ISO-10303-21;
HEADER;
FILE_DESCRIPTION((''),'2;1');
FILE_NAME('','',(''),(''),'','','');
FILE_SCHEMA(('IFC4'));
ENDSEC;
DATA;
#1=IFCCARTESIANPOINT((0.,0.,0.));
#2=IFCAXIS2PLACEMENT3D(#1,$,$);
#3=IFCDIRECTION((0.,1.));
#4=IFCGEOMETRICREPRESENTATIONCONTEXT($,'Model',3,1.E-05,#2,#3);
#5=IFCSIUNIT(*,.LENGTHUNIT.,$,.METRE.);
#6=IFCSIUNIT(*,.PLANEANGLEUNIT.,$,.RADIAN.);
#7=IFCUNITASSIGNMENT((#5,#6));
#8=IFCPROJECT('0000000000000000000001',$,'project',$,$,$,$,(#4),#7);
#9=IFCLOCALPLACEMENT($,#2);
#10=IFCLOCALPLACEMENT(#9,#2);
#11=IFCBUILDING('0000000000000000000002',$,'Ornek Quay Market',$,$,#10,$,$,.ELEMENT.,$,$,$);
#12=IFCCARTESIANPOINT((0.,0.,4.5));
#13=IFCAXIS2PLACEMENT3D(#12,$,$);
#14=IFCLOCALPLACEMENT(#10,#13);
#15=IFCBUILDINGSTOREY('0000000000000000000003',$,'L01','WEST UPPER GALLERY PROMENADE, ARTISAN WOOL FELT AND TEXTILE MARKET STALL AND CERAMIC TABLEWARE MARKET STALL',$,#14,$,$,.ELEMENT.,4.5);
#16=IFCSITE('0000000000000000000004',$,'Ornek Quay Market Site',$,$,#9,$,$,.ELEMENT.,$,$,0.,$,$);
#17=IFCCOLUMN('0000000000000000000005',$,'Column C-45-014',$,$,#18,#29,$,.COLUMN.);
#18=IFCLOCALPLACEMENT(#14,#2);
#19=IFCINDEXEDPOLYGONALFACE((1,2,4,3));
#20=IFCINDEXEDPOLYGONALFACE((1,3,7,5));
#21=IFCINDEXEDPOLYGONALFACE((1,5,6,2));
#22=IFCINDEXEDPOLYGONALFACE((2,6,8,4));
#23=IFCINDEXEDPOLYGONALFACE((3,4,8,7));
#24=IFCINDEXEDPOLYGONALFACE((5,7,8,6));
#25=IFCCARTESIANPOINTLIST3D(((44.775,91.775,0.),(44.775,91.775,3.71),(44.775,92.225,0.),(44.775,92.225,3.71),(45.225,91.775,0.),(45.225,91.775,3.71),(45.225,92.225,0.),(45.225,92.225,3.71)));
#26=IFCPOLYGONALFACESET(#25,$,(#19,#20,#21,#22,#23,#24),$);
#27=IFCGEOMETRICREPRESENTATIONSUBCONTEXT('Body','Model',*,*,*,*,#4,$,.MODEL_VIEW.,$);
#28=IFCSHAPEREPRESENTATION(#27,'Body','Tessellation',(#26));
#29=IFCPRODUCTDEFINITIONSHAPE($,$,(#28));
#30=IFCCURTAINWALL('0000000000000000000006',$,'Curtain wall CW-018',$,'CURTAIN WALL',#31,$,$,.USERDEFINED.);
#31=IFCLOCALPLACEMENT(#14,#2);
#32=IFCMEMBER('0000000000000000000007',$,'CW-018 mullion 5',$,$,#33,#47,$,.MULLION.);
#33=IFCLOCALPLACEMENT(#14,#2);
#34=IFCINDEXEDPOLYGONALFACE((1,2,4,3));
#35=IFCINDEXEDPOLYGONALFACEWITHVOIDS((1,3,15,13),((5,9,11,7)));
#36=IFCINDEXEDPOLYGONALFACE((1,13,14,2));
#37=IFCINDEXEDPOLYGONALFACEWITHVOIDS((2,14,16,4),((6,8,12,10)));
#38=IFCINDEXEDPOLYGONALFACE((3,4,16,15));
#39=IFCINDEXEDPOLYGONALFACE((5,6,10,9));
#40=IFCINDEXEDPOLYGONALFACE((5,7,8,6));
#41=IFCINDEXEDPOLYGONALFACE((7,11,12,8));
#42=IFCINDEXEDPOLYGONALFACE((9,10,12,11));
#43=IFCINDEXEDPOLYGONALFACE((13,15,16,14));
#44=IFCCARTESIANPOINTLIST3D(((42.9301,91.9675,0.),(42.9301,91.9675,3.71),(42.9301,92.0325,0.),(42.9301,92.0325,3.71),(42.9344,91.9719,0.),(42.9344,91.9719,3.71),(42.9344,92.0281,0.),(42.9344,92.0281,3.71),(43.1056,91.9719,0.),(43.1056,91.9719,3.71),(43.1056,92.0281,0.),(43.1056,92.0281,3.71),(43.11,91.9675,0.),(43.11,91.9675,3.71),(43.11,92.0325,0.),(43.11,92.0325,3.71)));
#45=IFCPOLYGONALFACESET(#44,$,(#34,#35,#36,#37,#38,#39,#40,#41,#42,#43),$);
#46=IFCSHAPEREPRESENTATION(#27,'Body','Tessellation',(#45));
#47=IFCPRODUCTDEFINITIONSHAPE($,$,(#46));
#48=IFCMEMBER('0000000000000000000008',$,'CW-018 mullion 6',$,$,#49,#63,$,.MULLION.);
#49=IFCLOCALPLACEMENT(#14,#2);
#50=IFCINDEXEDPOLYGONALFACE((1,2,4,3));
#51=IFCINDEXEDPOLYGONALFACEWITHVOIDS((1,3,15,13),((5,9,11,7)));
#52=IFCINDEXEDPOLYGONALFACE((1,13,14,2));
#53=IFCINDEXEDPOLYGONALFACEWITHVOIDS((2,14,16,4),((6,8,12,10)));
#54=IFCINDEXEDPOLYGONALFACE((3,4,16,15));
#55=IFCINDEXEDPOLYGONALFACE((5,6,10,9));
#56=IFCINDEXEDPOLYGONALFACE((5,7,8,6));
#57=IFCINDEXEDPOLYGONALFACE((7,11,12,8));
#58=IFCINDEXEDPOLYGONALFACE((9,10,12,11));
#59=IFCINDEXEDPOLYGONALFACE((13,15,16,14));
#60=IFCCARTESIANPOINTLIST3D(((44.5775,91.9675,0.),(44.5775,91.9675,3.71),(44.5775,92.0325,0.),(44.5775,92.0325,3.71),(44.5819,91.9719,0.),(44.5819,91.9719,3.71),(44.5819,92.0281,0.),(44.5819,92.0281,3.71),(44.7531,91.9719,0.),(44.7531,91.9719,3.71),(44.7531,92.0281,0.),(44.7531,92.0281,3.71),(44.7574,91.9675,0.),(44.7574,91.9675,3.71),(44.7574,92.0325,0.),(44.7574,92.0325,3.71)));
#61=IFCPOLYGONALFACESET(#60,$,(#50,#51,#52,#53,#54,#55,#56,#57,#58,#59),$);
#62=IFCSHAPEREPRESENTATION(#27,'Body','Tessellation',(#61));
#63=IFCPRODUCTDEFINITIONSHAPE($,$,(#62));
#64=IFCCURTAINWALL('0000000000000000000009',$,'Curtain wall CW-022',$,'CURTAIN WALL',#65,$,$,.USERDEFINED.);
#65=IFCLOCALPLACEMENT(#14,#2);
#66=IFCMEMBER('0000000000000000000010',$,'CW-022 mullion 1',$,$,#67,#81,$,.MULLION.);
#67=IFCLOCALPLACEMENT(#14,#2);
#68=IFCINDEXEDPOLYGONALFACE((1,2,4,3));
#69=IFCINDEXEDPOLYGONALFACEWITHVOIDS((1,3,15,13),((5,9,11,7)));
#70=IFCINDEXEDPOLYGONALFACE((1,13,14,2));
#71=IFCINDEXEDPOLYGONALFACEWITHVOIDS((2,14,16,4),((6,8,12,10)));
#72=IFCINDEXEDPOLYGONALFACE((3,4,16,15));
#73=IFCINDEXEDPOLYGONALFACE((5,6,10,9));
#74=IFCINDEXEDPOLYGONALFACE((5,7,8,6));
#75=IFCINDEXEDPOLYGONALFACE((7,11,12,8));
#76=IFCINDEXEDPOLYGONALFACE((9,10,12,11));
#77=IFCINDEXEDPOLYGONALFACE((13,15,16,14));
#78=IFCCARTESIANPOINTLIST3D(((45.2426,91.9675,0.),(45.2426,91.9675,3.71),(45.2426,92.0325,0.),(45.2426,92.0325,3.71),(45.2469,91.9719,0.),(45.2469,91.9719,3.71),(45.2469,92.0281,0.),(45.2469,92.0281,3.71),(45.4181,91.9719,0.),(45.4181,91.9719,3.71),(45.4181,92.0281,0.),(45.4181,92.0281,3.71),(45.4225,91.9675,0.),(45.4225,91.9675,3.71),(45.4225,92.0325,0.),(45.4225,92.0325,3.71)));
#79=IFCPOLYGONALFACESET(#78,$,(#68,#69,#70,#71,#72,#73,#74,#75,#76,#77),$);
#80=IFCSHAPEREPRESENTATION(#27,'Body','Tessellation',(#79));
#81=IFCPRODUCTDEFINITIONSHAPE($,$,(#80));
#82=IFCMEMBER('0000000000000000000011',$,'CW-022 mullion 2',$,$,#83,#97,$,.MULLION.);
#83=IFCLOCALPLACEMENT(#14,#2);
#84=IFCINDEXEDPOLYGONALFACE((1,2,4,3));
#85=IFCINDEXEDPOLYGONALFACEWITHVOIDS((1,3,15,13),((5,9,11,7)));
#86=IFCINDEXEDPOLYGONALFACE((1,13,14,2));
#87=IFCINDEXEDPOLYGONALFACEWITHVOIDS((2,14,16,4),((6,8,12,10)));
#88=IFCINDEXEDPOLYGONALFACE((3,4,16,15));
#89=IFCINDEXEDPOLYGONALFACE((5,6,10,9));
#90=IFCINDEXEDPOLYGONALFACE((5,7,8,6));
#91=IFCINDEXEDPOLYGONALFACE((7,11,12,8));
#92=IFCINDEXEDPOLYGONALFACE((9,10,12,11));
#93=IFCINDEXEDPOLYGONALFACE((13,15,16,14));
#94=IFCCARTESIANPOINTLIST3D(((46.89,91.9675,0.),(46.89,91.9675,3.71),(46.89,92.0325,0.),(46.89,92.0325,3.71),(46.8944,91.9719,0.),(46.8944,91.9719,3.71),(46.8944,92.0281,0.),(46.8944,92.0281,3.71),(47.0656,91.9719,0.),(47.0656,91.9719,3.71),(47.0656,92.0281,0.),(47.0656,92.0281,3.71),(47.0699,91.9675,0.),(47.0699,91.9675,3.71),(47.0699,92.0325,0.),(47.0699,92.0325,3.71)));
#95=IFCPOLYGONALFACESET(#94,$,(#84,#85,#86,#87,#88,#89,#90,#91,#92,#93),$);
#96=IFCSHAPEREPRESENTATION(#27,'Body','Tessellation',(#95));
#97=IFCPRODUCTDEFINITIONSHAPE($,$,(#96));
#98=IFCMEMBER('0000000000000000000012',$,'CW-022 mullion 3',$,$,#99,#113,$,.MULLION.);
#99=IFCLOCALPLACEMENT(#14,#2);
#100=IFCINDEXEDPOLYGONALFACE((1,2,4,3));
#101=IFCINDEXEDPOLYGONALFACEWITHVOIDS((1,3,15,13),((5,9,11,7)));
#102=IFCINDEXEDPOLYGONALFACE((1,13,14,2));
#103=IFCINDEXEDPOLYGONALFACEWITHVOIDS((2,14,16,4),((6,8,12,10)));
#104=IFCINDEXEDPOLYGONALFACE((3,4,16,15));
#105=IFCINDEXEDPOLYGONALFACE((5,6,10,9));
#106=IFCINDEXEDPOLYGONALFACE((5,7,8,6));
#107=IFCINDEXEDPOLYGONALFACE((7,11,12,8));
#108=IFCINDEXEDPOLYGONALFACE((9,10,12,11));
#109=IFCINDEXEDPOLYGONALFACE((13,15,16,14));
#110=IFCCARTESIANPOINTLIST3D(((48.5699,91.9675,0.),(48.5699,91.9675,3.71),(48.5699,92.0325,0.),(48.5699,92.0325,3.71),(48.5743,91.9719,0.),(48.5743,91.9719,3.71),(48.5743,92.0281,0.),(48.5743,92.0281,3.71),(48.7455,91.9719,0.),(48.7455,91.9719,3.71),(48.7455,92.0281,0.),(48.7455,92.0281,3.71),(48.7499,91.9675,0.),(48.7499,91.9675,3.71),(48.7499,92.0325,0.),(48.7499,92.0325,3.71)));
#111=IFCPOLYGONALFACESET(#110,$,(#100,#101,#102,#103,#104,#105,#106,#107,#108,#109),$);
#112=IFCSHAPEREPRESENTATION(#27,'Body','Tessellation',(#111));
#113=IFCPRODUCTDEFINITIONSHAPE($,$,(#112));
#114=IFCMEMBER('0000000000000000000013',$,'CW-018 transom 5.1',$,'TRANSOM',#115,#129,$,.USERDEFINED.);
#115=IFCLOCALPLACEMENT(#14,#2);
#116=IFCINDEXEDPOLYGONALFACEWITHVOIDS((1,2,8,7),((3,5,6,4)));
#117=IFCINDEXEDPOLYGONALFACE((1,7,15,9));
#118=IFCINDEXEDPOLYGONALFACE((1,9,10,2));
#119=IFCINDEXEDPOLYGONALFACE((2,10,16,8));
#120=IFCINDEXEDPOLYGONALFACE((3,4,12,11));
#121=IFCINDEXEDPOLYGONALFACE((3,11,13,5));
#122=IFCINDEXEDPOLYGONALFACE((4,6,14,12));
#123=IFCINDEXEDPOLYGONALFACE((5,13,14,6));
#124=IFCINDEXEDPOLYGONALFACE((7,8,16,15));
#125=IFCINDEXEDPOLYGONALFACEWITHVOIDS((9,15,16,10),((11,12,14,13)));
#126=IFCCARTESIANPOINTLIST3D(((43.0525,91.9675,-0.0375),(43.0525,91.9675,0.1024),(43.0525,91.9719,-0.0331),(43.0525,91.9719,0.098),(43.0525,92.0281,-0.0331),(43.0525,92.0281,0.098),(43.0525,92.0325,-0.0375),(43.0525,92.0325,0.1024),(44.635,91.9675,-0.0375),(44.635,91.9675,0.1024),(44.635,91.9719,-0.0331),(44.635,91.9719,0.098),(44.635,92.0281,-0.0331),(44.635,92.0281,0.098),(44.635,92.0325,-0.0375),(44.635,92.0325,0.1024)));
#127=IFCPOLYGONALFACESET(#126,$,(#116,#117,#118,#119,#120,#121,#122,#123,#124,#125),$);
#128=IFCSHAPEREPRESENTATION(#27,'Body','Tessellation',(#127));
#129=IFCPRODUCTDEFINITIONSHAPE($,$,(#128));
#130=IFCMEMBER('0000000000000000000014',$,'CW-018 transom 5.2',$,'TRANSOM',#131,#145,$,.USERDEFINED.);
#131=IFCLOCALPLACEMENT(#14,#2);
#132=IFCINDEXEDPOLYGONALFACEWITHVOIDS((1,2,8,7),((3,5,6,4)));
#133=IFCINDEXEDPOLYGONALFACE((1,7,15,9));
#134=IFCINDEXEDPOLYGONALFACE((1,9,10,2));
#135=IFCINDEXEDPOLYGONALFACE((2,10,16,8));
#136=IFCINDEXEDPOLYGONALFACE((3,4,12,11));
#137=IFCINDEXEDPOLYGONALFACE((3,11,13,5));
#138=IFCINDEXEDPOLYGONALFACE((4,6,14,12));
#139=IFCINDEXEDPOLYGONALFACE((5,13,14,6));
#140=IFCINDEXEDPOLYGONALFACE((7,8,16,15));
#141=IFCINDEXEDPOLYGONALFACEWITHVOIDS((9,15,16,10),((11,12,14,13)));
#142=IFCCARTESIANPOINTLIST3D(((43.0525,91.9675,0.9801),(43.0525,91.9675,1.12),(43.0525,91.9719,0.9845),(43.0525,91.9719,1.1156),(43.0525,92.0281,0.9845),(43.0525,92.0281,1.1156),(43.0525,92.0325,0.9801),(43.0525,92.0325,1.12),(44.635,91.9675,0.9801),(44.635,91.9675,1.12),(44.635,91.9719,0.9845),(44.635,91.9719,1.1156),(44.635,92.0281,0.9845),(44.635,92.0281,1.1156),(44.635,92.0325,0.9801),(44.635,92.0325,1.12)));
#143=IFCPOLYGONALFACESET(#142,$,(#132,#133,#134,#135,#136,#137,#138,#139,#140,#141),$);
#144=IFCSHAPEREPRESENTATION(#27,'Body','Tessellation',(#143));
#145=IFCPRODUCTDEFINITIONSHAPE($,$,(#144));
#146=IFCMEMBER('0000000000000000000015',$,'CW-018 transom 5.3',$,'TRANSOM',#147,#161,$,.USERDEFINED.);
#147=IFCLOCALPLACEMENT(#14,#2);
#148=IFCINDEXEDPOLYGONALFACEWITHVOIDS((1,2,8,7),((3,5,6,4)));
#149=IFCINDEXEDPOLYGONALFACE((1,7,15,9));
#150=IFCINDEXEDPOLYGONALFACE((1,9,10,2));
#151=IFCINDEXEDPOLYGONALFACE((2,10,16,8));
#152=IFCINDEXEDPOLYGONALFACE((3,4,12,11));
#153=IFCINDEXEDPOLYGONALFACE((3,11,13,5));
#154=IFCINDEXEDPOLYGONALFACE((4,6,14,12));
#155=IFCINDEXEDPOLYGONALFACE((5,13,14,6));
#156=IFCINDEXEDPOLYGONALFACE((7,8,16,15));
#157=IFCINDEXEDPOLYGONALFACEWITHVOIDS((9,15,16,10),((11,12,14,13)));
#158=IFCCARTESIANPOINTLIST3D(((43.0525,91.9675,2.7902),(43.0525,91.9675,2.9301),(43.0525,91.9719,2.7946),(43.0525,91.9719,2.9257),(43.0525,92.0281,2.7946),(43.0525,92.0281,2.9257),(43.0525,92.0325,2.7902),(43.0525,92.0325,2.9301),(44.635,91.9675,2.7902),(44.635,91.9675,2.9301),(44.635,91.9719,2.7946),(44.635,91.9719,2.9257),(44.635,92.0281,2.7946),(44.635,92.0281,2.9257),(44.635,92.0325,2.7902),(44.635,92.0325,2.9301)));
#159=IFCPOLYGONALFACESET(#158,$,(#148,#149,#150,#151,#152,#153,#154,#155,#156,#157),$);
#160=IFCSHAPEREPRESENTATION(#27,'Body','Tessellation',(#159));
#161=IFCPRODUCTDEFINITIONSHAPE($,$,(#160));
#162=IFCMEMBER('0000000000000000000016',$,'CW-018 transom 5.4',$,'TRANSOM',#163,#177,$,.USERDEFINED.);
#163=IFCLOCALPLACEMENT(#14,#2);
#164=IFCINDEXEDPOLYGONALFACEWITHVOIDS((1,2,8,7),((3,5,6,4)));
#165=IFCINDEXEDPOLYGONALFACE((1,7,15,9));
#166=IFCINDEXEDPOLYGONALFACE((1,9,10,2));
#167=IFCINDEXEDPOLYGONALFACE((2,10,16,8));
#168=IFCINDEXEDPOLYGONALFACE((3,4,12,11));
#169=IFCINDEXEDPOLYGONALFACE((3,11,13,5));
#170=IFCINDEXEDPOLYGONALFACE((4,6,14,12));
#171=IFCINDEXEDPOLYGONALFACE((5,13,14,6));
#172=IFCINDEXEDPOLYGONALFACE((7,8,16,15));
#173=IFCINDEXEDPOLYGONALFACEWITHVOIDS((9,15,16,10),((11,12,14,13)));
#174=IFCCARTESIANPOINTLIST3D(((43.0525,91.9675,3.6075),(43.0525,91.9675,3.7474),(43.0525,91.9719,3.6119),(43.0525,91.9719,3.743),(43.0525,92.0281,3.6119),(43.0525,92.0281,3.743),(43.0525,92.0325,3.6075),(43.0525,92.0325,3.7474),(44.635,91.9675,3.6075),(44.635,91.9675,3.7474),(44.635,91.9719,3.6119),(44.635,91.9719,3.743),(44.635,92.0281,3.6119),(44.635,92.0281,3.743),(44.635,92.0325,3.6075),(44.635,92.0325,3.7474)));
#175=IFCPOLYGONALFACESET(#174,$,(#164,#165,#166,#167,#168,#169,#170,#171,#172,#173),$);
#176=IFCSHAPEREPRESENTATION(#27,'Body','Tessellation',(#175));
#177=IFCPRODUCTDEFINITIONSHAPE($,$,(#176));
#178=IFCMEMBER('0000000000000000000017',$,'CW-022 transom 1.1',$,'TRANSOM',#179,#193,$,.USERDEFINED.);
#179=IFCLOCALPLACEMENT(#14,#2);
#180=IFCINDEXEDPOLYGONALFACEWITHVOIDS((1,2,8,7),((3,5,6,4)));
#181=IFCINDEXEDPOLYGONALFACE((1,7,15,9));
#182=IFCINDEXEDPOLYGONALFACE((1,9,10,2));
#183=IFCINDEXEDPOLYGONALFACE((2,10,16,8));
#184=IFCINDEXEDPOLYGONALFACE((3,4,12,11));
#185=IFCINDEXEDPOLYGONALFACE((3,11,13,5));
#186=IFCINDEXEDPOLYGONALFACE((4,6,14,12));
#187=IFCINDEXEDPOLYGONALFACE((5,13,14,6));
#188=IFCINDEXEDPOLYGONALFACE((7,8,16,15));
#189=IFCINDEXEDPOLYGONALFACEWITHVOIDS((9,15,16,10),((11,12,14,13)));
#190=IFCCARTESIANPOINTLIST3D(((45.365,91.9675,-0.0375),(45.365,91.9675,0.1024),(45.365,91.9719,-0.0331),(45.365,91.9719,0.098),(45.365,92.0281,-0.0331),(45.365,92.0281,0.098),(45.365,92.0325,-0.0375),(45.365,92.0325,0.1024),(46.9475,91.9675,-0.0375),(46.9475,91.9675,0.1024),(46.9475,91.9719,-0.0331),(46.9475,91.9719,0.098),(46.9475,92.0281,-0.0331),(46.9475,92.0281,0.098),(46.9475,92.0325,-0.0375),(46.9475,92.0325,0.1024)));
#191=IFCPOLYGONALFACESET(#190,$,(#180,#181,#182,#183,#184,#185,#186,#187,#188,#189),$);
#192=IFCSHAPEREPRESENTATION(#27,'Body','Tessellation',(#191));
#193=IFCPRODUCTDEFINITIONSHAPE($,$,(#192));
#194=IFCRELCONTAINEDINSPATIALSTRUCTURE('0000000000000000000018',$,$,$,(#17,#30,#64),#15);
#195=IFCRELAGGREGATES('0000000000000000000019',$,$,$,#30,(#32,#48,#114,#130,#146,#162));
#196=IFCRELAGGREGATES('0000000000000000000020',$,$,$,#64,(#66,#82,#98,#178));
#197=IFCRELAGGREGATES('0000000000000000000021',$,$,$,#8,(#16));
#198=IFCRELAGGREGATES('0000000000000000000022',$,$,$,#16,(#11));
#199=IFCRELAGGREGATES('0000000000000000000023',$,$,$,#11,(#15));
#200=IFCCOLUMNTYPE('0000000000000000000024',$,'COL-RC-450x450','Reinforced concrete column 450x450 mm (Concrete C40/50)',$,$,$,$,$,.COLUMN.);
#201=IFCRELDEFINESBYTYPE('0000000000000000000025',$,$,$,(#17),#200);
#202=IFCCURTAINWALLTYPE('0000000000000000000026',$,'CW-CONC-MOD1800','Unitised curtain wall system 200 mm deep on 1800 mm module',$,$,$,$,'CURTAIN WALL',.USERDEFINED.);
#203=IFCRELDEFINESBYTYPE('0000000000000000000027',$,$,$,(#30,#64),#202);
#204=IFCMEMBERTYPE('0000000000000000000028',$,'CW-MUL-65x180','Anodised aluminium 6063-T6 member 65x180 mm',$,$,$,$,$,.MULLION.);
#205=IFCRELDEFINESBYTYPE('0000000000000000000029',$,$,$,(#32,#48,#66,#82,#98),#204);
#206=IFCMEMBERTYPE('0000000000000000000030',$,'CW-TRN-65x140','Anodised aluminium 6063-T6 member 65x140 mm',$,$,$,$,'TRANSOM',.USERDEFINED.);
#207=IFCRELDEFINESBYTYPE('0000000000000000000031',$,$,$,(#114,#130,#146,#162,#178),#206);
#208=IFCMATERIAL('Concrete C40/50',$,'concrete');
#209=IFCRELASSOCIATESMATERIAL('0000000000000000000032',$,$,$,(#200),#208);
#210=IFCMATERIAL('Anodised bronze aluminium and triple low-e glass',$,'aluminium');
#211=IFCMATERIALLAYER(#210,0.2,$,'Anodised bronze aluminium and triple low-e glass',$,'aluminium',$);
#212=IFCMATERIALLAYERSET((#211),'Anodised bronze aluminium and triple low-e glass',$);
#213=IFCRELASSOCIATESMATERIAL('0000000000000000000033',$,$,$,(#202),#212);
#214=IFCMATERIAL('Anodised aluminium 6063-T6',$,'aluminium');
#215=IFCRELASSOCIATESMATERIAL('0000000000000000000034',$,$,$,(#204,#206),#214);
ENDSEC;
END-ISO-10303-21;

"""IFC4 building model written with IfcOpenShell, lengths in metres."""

from ifc_helpers import new_model, si_unit, direction, frame, origin, origin_2d, place, context, subcontext, project, spatial, rectangle, hollow_rectangle, extrude, material, layer, layer_set, material_profile, profile_set, type_object, element, aggregate, save


model = new_model("IFC4")

# Units and contexts
model_context = context("Model", 3, precision=1e-05, world=origin(), true_north=direction((0.0, 1.0)))
body_context = subcontext(model_context, "Body", "Model", "MODEL_VIEW")
ifc_project = project(units=[si_unit("LENGTHUNIT", "METRE"), si_unit("PLANEANGLEUNIT", "RADIAN")], contexts=[model_context])

# Site, building, storey
site_placement = place(None, origin())
site = spatial("IfcSite", under=ifc_project, at=site_placement, Name="Ornek Quay Market Site", CompositionType="ELEMENT", RefElevation=0.0)
building_placement = place(site_placement, origin())
building = spatial("IfcBuilding", under=site, at=building_placement, Name="Ornek Quay Market", CompositionType="ELEMENT")
storey_placement = place(building_placement, frame((0.0, 0.0, 4.5)))
storey = spatial("IfcBuildingStorey", under=building, at=storey_placement, Name="L01", Description="WEST UPPER GALLERY PROMENADE, ARTISAN WOOL FELT AND TEXTILE MARKET STALL AND CERAMIC TABLEWARE MARKET STALL", CompositionType="ELEMENT", Elevation=4.5)

# Column
ifc_material_1 = material(Name="Concrete C40/50", Category="concrete")
ifc_material_profile_1 = material_profile(ifc_material_1, rectangle(XDim=0.45, YDim=0.45, at=origin_2d()), Name="RC 450x450", Category="concrete")
ifc_profile_set_1 = profile_set([ifc_material_profile_1], Name="Concrete C40/50")
column_type = type_object("IfcColumnType", Name="COL-RC-450x450", Description="Reinforced concrete column 450x450 mm (Concrete C40/50)", PredefinedType="COLUMN", material=ifc_profile_set_1)
column_placement = place(storey_placement, frame((45.0, 92.0, 0.0), z_axis=(0.0, 0.0, 1.0), x_axis=(1.0, 0.0, 0.0)))
element("IfcColumn", 1, at=column_placement, inside=storey, type_object=column_type, Name="Column C-45-014", PredefinedType="COLUMN", context=body_context, shape_type="SweptSolid", body=[
    extrude(rectangle(XDim=0.45, YDim=0.45, at=origin_2d()), origin(), (0.0, 0.0, 1.0), 3.71),
])

# Curtain walls, members
ifc_material_2 = material(Name="Anodised bronze aluminium and triple low-e glass", Category="aluminium")
ifc_layer_1 = layer(ifc_material_2, 0.2, Name="Anodised bronze aluminium and triple low-e glass", Category="aluminium")
ifc_layer_set_1 = layer_set([ifc_layer_1], Name="Anodised bronze aluminium and triple low-e glass")
curtain_wall_type = type_object("IfcCurtainWallType", Name="CW-CONC-MOD1800", Description="Unitised curtain wall system 200 mm deep on 1800 mm module", ElementType="CURTAIN WALL", PredefinedType="USERDEFINED", material=ifc_layer_set_1)
curtain_wall_1_placement = place(storey_placement, origin())
curtain_wall_1 = element("IfcCurtainWall", 2, at=curtain_wall_1_placement, inside=storey, type_object=curtain_wall_type, Name="Curtain wall CW-018", ObjectType="CURTAIN WALL", PredefinedType="USERDEFINED")
ifc_material_3 = material(Name="Anodised aluminium 6063-T6", Category="aluminium")
ifc_material_profile_2 = material_profile(ifc_material_3, hollow_rectangle(XDim=0.0649, YDim=0.1799, WallThickness=0.0044, at=origin_2d()), Name="CW-MUL-65x180", Category="aluminium")
ifc_profile_set_2 = profile_set([ifc_material_profile_2], Name="Anodised aluminium 6063-T6")
member_type_1 = type_object("IfcMemberType", Name="CW-MUL-65x180", Description="Anodised aluminium 6063-T6 member 65x180 mm", PredefinedType="MULLION", material=ifc_profile_set_2)
member_1_placement = place(storey_placement, frame((43.02, 92.0, 0.0), z_axis=(0.0, 0.0, 1.0), x_axis=(0.0, 1.0, 0.0)))
member_1 = element("IfcMember", 3, at=member_1_placement, type_object=member_type_1, Name="CW-018 mullion 5", PredefinedType="MULLION", context=body_context, shape_type="SweptSolid", body=[
    extrude(hollow_rectangle(XDim=0.0649, YDim=0.1799, WallThickness=0.0044, at=origin_2d()), origin(), (0.0, 0.0, 1.0), 3.71),
])
member_2_placement = place(storey_placement, frame((44.6675, 92.0, 0.0), z_axis=(0.0, 0.0, 1.0), x_axis=(0.0, 1.0, 0.0)))
member_2 = element("IfcMember", 4, at=member_2_placement, type_object=member_type_1, Name="CW-018 mullion 6", PredefinedType="MULLION", context=body_context, shape_type="SweptSolid", body=[
    extrude(hollow_rectangle(XDim=0.0649, YDim=0.1799, WallThickness=0.0044, at=origin_2d()), origin(), (0.0, 0.0, 1.0), 3.71),
])
curtain_wall_2_placement = place(storey_placement, origin())
curtain_wall_2 = element("IfcCurtainWall", 5, at=curtain_wall_2_placement, inside=storey, type_object=curtain_wall_type, Name="Curtain wall CW-022", ObjectType="CURTAIN WALL", PredefinedType="USERDEFINED")
member_3_placement = place(storey_placement, frame((45.3325, 92.0, 0.0), z_axis=(0.0, 0.0, 1.0), x_axis=(0.0, 1.0, 0.0)))
member_3 = element("IfcMember", 6, at=member_3_placement, type_object=member_type_1, Name="CW-022 mullion 1", PredefinedType="MULLION", context=body_context, shape_type="SweptSolid", body=[
    extrude(hollow_rectangle(XDim=0.0649, YDim=0.1799, WallThickness=0.0044, at=origin_2d()), origin(), (0.0, 0.0, 1.0), 3.71),
])
member_4_placement = place(storey_placement, frame((46.98, 92.0, 0.0), z_axis=(0.0, 0.0, 1.0), x_axis=(0.0, 1.0, 0.0)))
member_4 = element("IfcMember", 7, at=member_4_placement, type_object=member_type_1, Name="CW-022 mullion 2", PredefinedType="MULLION", context=body_context, shape_type="SweptSolid", body=[
    extrude(hollow_rectangle(XDim=0.0649, YDim=0.1799, WallThickness=0.0044, at=origin_2d()), origin(), (0.0, 0.0, 1.0), 3.71),
])
member_5_placement = place(storey_placement, frame((48.6599, 92.0, 0.0), z_axis=(0.0, 0.0, 1.0), x_axis=(0.0, 1.0, 0.0)))
member_5 = element("IfcMember", 8, at=member_5_placement, type_object=member_type_1, Name="CW-022 mullion 3", PredefinedType="MULLION", context=body_context, shape_type="SweptSolid", body=[
    extrude(hollow_rectangle(XDim=0.0649, YDim=0.1799, WallThickness=0.0044, at=origin_2d()), origin(), (0.0, 0.0, 1.0), 3.71),
])

# Members
ifc_material_profile_3 = material_profile(ifc_material_3, hollow_rectangle(XDim=0.0649, YDim=0.1399, WallThickness=0.0044, at=origin_2d()), Name="CW-TRN-65x140", Category="aluminium")
ifc_profile_set_3 = profile_set([ifc_material_profile_3], Name="Anodised aluminium 6063-T6")
member_type_2 = type_object("IfcMemberType", Name="CW-TRN-65x140", Description="Anodised aluminium 6063-T6 member 65x140 mm", ElementType="TRANSOM", PredefinedType="USERDEFINED", material=ifc_profile_set_3)
member_6_placement = place(storey_placement, frame((43.0525, 92.0, 0.0325), z_axis=(1.0, 0.0, 0.0), x_axis=(0.0, 1.0, 0.0)))
member_6 = element("IfcMember", 9, at=member_6_placement, type_object=member_type_2, Name="CW-018 transom 5.1", ObjectType="TRANSOM", PredefinedType="USERDEFINED", context=body_context, shape_type="SweptSolid", body=[
    extrude(hollow_rectangle(XDim=0.0649, YDim=0.1399, WallThickness=0.0044, at=origin_2d()), origin(), (0.0, 0.0, 1.0), 1.5825),
])
member_7_placement = place(storey_placement, frame((43.0525, 92.0, 1.05), z_axis=(1.0, 0.0, 0.0), x_axis=(0.0, 1.0, 0.0)))
member_7 = element("IfcMember", 10, at=member_7_placement, type_object=member_type_2, Name="CW-018 transom 5.2", ObjectType="TRANSOM", PredefinedType="USERDEFINED", context=body_context, shape_type="SweptSolid", body=[
    extrude(hollow_rectangle(XDim=0.0649, YDim=0.1399, WallThickness=0.0044, at=origin_2d()), origin(), (0.0, 0.0, 1.0), 1.5825),
])
member_8_placement = place(storey_placement, frame((43.0525, 92.0, 2.8601), z_axis=(1.0, 0.0, 0.0), x_axis=(0.0, 1.0, 0.0)))
member_8 = element("IfcMember", 11, at=member_8_placement, type_object=member_type_2, Name="CW-018 transom 5.3", ObjectType="TRANSOM", PredefinedType="USERDEFINED", context=body_context, shape_type="SweptSolid", body=[
    extrude(hollow_rectangle(XDim=0.0649, YDim=0.1399, WallThickness=0.0044, at=origin_2d()), origin(), (0.0, 0.0, 1.0), 1.5825),
])
member_9_placement = place(storey_placement, frame((43.0525, 92.0, 3.6775), z_axis=(1.0, 0.0, 0.0), x_axis=(0.0, 1.0, 0.0)))
member_9 = element("IfcMember", 12, at=member_9_placement, type_object=member_type_2, Name="CW-018 transom 5.4", ObjectType="TRANSOM", PredefinedType="USERDEFINED", context=body_context, shape_type="SweptSolid", body=[
    extrude(hollow_rectangle(XDim=0.0649, YDim=0.1399, WallThickness=0.0044, at=origin_2d()), origin(), (0.0, 0.0, 1.0), 1.5825),
])
member_10_placement = place(storey_placement, frame((45.365, 92.0, 0.0325), z_axis=(1.0, 0.0, 0.0), x_axis=(0.0, 1.0, 0.0)))
member_10 = element("IfcMember", 13, at=member_10_placement, type_object=member_type_2, Name="CW-022 transom 1.1", ObjectType="TRANSOM", PredefinedType="USERDEFINED", context=body_context, shape_type="SweptSolid", body=[
    extrude(hollow_rectangle(XDim=0.0649, YDim=0.1399, WallThickness=0.0044, at=origin_2d()), origin(), (0.0, 0.0, 1.0), 1.5825),
])

aggregate(curtain_wall_1, [member_1, member_2, member_6, member_7, member_8, member_9])
aggregate(curtain_wall_2, [member_3, member_4, member_5, member_10])

save(model, "model.ifc")
